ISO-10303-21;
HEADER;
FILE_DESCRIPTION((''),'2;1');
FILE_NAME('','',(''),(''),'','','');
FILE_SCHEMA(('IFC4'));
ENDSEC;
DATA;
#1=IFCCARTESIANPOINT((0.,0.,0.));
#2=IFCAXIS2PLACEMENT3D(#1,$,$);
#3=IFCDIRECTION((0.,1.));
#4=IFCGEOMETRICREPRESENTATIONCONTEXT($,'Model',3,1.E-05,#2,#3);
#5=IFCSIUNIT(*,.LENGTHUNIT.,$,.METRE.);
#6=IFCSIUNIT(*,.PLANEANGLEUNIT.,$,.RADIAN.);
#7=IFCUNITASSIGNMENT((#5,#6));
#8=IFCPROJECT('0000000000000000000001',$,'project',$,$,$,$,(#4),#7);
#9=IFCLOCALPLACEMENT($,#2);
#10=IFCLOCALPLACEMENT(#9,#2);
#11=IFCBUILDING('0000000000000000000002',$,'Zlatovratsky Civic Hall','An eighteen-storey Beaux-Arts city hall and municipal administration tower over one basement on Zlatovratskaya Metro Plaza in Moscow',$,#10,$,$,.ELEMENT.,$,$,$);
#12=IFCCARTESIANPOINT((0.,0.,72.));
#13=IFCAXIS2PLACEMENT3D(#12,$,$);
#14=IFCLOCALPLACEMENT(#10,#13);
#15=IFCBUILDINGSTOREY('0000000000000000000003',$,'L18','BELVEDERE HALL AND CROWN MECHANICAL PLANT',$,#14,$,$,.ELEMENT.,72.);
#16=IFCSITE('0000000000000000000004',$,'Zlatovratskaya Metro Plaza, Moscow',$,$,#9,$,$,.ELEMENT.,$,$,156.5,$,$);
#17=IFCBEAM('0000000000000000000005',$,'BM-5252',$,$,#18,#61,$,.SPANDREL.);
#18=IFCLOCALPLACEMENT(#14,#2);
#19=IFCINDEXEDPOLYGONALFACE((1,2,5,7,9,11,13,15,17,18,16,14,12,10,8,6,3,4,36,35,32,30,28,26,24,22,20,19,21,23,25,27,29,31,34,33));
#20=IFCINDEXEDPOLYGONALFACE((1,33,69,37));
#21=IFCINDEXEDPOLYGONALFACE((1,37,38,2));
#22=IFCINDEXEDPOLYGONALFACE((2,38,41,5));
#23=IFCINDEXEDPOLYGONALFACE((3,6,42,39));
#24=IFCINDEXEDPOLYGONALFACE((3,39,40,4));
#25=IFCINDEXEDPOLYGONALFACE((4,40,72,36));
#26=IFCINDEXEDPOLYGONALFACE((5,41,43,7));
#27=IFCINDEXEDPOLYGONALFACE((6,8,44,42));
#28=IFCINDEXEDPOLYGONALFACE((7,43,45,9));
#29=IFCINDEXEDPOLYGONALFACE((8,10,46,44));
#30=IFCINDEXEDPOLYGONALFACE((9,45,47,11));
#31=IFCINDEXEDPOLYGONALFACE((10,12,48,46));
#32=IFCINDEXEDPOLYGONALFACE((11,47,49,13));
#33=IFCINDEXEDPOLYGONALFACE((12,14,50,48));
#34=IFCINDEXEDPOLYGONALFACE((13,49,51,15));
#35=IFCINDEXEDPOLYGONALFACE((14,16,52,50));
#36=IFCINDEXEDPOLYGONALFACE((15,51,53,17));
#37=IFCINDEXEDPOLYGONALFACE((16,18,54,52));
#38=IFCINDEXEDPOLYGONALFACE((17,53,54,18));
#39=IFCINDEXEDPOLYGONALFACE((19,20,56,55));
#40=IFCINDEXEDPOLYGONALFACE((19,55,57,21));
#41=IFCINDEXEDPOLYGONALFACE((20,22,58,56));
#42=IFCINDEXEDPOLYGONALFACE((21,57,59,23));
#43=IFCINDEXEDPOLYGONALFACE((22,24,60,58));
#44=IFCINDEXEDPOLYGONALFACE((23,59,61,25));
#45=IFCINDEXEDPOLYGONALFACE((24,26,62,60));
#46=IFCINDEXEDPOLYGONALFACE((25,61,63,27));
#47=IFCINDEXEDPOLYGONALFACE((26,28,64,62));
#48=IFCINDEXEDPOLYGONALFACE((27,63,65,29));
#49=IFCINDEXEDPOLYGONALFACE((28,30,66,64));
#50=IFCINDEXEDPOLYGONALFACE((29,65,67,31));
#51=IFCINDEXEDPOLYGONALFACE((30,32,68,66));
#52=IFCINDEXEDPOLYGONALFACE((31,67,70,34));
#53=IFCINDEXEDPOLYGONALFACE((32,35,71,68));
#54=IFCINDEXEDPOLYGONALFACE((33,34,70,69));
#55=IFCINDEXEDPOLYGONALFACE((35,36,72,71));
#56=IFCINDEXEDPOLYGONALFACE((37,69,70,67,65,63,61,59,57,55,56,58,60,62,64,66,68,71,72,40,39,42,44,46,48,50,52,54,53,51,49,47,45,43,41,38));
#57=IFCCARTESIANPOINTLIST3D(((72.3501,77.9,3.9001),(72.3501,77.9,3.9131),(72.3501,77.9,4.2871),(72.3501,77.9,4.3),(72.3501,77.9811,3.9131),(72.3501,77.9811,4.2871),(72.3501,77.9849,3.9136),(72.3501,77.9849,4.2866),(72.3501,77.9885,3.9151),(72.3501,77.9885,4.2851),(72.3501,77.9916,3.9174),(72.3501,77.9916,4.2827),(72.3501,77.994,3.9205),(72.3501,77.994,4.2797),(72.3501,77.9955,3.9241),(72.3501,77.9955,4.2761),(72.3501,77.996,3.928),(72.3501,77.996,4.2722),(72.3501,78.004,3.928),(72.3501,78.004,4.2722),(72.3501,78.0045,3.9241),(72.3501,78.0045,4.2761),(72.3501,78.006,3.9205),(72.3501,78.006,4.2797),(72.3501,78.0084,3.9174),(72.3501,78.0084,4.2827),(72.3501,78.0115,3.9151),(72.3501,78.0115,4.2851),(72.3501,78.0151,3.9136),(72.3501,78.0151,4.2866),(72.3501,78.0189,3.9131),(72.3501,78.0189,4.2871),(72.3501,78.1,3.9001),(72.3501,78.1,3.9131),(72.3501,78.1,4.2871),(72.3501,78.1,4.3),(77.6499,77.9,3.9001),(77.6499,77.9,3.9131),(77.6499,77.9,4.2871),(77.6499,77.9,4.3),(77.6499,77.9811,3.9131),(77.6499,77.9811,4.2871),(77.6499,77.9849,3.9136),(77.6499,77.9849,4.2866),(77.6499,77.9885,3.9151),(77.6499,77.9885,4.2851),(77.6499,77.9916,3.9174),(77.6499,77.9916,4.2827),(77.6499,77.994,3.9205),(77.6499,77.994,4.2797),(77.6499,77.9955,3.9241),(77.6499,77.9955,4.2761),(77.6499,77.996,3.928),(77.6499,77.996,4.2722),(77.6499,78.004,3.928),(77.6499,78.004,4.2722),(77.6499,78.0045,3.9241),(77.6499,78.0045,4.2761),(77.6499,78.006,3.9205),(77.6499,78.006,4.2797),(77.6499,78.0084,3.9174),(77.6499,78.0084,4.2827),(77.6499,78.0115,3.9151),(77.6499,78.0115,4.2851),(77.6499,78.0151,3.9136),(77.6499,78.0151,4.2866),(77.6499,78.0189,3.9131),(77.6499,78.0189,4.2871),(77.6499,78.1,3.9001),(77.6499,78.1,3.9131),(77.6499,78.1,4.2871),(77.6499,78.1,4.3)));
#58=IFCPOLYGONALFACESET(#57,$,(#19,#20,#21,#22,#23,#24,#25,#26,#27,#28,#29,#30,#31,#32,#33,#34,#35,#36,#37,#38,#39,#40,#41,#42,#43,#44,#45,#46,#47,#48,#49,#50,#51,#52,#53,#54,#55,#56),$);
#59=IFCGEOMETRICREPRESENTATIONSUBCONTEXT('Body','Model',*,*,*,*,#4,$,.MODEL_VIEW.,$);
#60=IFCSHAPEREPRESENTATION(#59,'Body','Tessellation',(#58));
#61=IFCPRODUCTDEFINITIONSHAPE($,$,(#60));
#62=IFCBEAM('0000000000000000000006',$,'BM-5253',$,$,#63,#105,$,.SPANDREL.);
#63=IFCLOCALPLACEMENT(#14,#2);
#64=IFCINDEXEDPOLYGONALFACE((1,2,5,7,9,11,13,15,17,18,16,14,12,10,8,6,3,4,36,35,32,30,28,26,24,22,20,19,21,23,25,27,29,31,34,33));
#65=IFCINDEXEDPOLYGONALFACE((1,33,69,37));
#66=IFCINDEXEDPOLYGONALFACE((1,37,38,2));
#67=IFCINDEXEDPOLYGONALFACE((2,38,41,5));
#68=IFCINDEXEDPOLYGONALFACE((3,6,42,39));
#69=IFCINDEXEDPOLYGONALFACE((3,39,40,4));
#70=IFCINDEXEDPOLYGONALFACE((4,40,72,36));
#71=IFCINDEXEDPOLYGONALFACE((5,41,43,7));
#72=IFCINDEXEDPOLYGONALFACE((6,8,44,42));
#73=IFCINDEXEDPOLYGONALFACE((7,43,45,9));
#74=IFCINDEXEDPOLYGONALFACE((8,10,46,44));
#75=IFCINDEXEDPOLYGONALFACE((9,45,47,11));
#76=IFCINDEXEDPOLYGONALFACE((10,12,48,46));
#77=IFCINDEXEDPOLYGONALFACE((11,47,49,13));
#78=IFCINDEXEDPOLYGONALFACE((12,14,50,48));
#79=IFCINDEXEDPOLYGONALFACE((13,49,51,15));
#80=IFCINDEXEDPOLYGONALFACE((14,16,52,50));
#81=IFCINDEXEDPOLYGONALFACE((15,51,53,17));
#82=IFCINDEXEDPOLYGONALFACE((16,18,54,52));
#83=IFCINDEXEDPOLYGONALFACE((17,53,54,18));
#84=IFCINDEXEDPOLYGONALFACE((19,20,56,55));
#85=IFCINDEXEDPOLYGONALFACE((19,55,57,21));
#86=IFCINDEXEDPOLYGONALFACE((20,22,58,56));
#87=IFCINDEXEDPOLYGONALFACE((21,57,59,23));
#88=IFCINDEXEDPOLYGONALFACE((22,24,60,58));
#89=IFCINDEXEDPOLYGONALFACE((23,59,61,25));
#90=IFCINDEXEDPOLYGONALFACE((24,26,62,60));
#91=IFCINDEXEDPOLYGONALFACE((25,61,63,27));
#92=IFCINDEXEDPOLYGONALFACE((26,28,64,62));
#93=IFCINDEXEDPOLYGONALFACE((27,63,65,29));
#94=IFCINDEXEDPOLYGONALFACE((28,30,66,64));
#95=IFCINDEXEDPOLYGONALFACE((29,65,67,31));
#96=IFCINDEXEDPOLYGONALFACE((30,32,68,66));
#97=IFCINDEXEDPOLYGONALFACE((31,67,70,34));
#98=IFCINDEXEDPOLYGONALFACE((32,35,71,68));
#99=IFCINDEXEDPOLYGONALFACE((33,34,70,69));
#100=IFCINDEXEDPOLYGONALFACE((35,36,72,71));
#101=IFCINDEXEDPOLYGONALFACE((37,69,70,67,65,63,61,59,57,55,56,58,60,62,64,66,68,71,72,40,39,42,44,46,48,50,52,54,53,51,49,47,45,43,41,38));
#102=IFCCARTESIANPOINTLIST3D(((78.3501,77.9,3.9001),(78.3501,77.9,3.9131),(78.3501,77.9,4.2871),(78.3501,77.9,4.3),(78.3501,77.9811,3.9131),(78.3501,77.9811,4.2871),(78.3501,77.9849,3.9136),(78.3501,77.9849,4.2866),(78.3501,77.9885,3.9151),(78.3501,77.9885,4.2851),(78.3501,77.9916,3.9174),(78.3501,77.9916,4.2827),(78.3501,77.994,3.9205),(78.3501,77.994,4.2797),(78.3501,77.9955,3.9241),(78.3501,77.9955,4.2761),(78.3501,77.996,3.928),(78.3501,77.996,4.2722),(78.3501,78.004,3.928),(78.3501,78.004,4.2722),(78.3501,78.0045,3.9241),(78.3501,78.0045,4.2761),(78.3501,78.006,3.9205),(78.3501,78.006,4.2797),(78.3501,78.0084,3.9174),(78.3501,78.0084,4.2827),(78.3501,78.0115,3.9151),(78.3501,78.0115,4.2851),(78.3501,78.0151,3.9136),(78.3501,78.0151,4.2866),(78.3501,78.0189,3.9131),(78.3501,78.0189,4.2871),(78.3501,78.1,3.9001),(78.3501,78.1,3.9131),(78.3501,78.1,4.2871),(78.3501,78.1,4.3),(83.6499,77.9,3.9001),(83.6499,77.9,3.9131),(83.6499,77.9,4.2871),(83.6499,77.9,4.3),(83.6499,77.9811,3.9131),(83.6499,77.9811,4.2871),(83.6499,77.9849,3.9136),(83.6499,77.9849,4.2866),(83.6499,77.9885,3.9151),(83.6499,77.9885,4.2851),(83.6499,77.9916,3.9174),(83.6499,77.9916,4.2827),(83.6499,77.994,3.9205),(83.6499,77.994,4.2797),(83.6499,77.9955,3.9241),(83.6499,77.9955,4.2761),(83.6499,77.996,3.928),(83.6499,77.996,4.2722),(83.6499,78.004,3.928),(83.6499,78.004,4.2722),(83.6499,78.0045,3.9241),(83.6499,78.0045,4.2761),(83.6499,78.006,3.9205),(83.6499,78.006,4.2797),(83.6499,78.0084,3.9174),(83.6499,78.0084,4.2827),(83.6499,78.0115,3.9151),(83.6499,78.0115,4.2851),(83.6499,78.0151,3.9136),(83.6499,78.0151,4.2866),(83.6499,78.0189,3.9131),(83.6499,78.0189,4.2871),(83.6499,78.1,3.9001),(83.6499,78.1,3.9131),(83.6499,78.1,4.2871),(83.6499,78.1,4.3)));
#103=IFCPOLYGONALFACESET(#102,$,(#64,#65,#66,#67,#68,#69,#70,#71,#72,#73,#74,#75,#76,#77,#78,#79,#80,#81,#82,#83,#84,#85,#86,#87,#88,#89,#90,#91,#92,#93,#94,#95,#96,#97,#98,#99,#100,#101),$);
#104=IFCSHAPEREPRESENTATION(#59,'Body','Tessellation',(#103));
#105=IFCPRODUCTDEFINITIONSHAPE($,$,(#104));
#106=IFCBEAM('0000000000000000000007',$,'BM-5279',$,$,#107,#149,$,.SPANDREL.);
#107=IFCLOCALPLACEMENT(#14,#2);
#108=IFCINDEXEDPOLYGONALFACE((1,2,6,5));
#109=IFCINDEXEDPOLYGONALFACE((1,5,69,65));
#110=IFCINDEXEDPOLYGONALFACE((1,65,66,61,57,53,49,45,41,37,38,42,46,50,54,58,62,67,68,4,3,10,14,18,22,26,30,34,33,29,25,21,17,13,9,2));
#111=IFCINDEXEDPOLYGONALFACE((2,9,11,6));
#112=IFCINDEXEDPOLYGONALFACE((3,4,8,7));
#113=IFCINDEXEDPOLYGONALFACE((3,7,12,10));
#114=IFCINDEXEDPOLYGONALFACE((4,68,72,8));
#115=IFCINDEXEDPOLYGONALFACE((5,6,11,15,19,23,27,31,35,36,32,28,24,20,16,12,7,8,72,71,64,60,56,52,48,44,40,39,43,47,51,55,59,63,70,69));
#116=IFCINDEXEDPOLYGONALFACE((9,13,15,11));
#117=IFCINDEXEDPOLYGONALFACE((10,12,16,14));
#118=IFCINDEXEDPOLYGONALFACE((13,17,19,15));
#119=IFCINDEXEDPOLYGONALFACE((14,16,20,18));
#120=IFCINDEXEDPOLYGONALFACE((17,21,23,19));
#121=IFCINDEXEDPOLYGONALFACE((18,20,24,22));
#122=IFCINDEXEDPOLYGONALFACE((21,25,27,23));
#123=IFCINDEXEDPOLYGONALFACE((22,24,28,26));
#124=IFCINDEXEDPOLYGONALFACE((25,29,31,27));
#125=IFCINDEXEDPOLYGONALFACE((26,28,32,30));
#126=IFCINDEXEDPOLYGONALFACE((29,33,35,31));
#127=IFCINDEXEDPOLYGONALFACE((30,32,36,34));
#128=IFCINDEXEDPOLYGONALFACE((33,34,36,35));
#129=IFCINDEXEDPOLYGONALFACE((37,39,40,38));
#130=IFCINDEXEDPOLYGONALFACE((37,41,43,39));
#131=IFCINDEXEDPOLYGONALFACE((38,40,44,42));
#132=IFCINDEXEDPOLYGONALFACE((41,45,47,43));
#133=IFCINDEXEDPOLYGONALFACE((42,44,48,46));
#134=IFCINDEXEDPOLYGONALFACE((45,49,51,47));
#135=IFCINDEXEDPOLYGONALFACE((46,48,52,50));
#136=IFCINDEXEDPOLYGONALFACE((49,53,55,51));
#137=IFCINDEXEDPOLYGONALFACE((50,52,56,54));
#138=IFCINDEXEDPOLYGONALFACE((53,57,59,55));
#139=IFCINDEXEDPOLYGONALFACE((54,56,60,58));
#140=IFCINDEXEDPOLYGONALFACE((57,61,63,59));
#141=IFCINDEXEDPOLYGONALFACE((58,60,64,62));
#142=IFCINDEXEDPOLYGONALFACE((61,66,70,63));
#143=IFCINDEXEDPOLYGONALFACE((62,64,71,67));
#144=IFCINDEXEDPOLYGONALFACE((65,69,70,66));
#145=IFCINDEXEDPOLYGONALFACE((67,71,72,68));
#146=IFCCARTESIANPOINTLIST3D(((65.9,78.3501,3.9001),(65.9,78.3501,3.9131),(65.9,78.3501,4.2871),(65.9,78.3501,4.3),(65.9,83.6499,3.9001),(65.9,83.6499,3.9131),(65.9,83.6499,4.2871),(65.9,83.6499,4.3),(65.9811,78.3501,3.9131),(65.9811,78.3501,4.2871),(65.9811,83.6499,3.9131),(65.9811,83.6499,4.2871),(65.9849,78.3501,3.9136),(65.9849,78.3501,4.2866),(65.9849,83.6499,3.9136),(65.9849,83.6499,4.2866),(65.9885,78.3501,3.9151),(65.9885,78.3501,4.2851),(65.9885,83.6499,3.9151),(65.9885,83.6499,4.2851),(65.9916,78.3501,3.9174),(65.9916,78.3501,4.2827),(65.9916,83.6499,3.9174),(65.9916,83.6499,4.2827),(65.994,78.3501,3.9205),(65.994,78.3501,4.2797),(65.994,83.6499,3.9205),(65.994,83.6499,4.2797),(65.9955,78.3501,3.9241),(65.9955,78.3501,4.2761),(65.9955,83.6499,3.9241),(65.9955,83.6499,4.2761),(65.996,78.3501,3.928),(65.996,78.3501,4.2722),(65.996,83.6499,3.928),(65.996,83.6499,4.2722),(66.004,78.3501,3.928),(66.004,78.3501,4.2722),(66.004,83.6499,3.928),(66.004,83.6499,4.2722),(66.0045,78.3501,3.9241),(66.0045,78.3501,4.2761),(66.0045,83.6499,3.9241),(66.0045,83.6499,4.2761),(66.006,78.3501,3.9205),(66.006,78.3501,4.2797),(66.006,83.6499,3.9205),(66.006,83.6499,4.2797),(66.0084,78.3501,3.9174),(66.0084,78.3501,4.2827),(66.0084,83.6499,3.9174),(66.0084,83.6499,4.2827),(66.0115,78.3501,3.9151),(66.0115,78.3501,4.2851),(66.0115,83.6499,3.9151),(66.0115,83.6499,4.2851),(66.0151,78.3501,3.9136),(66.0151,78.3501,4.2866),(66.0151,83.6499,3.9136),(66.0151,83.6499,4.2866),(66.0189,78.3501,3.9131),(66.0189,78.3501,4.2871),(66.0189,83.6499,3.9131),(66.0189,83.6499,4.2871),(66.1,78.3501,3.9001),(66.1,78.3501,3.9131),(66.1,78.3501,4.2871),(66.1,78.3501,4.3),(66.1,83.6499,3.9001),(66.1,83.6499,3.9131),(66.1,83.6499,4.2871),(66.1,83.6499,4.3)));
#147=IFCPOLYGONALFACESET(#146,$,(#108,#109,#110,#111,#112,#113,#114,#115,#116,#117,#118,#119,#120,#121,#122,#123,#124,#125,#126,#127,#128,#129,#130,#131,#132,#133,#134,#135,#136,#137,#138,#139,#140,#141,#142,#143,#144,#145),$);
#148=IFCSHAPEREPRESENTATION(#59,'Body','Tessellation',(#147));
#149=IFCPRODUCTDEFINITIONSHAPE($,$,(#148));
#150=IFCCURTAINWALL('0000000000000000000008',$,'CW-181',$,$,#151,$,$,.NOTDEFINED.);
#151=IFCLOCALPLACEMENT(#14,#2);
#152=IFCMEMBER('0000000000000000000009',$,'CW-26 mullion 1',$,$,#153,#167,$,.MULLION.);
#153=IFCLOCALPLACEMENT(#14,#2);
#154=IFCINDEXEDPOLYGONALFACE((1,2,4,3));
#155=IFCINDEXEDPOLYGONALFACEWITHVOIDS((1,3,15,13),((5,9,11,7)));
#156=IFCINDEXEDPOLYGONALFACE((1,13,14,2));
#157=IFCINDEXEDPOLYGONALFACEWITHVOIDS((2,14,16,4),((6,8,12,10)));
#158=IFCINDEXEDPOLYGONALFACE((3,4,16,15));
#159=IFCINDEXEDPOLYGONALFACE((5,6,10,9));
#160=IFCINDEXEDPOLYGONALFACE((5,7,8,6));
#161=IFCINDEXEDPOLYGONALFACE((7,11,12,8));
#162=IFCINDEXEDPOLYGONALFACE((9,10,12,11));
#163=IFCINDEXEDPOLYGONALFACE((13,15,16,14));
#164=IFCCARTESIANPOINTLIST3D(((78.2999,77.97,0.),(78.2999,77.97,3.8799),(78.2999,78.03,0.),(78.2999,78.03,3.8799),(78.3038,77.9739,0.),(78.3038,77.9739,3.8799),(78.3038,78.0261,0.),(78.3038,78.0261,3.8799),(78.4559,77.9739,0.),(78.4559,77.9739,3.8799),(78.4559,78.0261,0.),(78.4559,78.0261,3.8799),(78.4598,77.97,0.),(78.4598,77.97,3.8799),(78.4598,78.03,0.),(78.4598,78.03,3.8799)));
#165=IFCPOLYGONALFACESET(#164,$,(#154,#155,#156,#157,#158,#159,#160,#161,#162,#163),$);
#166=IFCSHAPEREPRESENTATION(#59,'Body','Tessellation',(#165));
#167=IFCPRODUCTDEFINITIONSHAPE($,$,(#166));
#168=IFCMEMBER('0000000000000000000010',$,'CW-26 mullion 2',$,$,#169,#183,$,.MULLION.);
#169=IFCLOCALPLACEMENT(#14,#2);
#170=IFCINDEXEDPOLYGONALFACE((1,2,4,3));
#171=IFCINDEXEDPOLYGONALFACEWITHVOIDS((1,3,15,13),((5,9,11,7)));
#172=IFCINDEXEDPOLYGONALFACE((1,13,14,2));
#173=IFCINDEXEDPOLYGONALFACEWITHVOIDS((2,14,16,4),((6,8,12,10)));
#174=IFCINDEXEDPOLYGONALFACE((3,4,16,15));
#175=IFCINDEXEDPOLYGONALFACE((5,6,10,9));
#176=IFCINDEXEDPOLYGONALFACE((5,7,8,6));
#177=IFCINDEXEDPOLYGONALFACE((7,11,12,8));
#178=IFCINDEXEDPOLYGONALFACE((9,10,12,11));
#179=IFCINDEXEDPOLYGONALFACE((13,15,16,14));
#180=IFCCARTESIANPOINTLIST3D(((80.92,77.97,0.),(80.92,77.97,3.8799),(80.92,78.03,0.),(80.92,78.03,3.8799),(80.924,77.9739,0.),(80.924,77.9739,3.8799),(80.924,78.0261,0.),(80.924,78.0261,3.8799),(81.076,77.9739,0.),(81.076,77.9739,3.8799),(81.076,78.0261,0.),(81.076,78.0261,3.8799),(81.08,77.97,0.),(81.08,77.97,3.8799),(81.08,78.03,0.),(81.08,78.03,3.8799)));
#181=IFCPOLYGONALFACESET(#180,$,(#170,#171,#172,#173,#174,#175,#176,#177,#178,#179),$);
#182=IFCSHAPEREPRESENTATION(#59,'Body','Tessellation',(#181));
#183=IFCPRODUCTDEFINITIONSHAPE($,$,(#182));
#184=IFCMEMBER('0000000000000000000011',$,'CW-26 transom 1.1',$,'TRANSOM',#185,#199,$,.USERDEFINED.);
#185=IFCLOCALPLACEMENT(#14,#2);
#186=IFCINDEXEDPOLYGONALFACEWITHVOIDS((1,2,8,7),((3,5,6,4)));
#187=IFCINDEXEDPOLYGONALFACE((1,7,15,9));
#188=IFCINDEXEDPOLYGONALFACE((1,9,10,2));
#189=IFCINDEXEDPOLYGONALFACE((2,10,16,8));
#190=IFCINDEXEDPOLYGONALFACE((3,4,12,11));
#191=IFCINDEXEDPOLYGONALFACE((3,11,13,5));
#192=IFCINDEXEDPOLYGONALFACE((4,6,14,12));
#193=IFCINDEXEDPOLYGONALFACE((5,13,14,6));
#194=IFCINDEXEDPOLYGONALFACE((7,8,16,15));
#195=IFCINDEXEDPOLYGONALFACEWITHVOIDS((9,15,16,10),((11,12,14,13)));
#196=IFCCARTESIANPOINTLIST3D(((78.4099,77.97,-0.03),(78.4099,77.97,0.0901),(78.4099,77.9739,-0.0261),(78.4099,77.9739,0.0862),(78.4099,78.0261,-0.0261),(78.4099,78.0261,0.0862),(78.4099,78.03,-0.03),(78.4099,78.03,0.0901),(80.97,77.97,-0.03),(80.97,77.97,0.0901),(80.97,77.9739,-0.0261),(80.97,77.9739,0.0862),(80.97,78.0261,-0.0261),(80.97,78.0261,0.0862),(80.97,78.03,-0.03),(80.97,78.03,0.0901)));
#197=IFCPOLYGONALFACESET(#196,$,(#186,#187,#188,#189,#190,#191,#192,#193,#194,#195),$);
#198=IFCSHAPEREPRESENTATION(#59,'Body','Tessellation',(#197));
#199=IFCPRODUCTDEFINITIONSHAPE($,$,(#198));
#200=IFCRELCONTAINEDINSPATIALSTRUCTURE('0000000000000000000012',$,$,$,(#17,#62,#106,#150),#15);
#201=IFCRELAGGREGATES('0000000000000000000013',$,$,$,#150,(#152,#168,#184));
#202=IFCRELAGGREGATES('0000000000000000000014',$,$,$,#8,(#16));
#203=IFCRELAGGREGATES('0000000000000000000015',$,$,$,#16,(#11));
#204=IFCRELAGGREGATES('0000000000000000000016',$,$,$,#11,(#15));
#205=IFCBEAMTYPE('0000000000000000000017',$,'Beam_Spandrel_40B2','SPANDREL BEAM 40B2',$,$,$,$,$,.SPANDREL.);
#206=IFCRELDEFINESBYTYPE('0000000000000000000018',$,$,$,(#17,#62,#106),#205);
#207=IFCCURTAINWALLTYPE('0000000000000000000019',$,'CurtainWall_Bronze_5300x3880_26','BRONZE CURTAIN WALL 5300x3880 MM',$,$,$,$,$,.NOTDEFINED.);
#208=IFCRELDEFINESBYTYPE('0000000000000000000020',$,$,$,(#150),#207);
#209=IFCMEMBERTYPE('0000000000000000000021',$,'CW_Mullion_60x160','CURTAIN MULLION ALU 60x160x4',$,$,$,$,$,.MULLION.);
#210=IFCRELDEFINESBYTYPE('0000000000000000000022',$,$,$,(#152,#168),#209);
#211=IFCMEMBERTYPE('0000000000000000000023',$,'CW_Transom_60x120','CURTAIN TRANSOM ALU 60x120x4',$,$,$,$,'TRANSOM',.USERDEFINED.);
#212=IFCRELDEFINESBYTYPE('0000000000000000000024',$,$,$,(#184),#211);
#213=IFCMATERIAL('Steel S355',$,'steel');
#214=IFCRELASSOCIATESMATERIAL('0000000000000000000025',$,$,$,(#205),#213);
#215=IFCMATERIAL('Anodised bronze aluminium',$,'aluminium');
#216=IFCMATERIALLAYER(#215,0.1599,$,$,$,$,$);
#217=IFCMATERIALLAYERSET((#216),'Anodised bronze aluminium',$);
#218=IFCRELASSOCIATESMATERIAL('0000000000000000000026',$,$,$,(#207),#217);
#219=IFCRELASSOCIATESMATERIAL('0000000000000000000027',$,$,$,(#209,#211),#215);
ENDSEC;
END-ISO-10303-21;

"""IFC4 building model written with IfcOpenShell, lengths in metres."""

from ifc_helpers import new_model, si_unit, direction, frame, origin, origin_2d, place, context, subcontext, project, spatial, hollow_rectangle, i_section, extrude, material, layer, layer_set, material_profile, profile_set, type_object, element, aggregate, save


model = new_model("IFC4")

# Units and contexts
model_context = context("Model", 3, precision=1e-05, world=origin(), true_north=direction((0.0, 1.0)))
body_context = subcontext(model_context, "Body", "Model", "MODEL_VIEW")
ifc_project = project(units=[si_unit("LENGTHUNIT", "METRE"), si_unit("PLANEANGLEUNIT", "RADIAN")], contexts=[model_context])

# Site, building, storey
site_placement = place(None, origin())
site = spatial("IfcSite", under=ifc_project, at=site_placement, Name="Zlatovratskaya Metro Plaza, Moscow", CompositionType="ELEMENT", RefElevation=156.5)
building_placement = place(site_placement, origin())
building = spatial("IfcBuilding", under=site, at=building_placement, Name="Zlatovratsky Civic Hall", Description="An eighteen-storey Beaux-Arts city hall and municipal administration tower over one basement on Zlatovratskaya Metro Plaza in Moscow", CompositionType="ELEMENT")
storey_placement = place(building_placement, frame((0.0, 0.0, 72.0)))
storey = spatial("IfcBuildingStorey", under=building, at=storey_placement, Name="L18", Description="BELVEDERE HALL AND CROWN MECHANICAL PLANT", CompositionType="ELEMENT", Elevation=72.0)

# Beams
ifc_material_1 = material(Name="Steel S355", Category="steel")
ifc_material_profile_1 = material_profile(ifc_material_1, i_section(OverallWidth=0.2, OverallDepth=0.3999, WebThickness=0.0081, FlangeThickness=0.0129, FilletRadius=0.0149, at=origin_2d()), Name="40B2")
ifc_profile_set_1 = profile_set([ifc_material_profile_1], Name="Steel S355")
beam_type_1 = type_object("IfcBeamType", Name="Beam_Spandrel_40B2", Description="SPANDREL BEAM 40B2", PredefinedType="SPANDREL", material=ifc_profile_set_1)
for number, where, z_axis, x_axis, name in (
    (1, (72.3501, 78.0, 4.1001), (1.0, 0.0, 0.0), (0.0, 1.0, 0.0), "BM-5252"),
    (2, (78.3501, 78.0, 4.1001), (1.0, 0.0, 0.0), (0.0, 1.0, 0.0), "BM-5253"),
    (3, (66.0, 78.3501, 4.1001), (0.0, 1.0, 0.0), (-1.0, 0.0, 0.0), "BM-5279"),
):
    element("IfcBeam", number, at=place(storey_placement, frame(where, z_axis=z_axis, x_axis=x_axis)), inside=storey, type_object=beam_type_1, Name=name, PredefinedType="SPANDREL", context=body_context, shape_type="SweptSolid", body=[
        extrude(i_section(OverallWidth=0.2, OverallDepth=0.3999, WebThickness=0.0081, FlangeThickness=0.0129, FilletRadius=0.0149, at=origin_2d()), origin(), (0.0, 0.0, 1.0), 5.2998),
    ])

# Curtain wall, members
ifc_material_2 = material(Name="Anodised bronze aluminium", Category="aluminium")
ifc_layer_1 = layer(ifc_material_2, 0.1599)
ifc_layer_set_1 = layer_set([ifc_layer_1], Name="Anodised bronze aluminium")
curtain_wall_type = type_object("IfcCurtainWallType", Name="CurtainWall_Bronze_5300x3880_26", Description="BRONZE CURTAIN WALL 5300x3880 MM", PredefinedType="NOTDEFINED", material=ifc_layer_set_1)
curtain_wall_placement = place(storey_placement, origin())
curtain_wall = element("IfcCurtainWall", 4, at=curtain_wall_placement, inside=storey, type_object=curtain_wall_type, Name="CW-181", PredefinedType="NOTDEFINED")
ifc_material_profile_2 = material_profile(ifc_material_2, hollow_rectangle(XDim=0.0601, YDim=0.1599, WallThickness=0.0039, at=origin_2d()), Name="ALU 60x160x4")
ifc_profile_set_2 = profile_set([ifc_material_profile_2], Name="Anodised bronze aluminium")
member_type_1 = type_object("IfcMemberType", Name="CW_Mullion_60x160", Description="CURTAIN MULLION ALU 60x160x4", PredefinedType="MULLION", material=ifc_profile_set_2)
member_1_placement = place(storey_placement, frame((78.3799, 78.0, 0.0), z_axis=(0.0, 0.0, 1.0), x_axis=(0.0, 1.0, 0.0)))
member_1 = element("IfcMember", 5, at=member_1_placement, type_object=member_type_1, Name="CW-26 mullion 1", PredefinedType="MULLION", context=body_context, shape_type="SweptSolid", body=[
    extrude(hollow_rectangle(XDim=0.0601, YDim=0.1599, WallThickness=0.0039, at=origin_2d()), origin(), (0.0, 0.0, 1.0), 3.8799),
])
member_2_placement = place(storey_placement, frame((81.0, 78.0, 0.0), z_axis=(0.0, 0.0, 1.0), x_axis=(0.0, 1.0, 0.0)))
member_2 = element("IfcMember", 6, at=member_2_placement, type_object=member_type_1, Name="CW-26 mullion 2", PredefinedType="MULLION", context=body_context, shape_type="SweptSolid", body=[
    extrude(hollow_rectangle(XDim=0.0601, YDim=0.1599, WallThickness=0.0039, at=origin_2d()), origin(), (0.0, 0.0, 1.0), 3.8799),
])
ifc_material_profile_3 = material_profile(ifc_material_2, hollow_rectangle(XDim=0.0601, YDim=0.1201, WallThickness=0.0039, at=origin_2d()), Name="ALU 60x120x4")
ifc_profile_set_3 = profile_set([ifc_material_profile_3], Name="Anodised bronze aluminium")
member_type_2 = type_object("IfcMemberType", Name="CW_Transom_60x120", Description="CURTAIN TRANSOM ALU 60x120x4", ElementType="TRANSOM", PredefinedType="USERDEFINED", material=ifc_profile_set_3)
member_3_placement = place(storey_placement, frame((78.4099, 78.0, 0.03), z_axis=(1.0, 0.0, 0.0), x_axis=(0.0, 1.0, 0.0)))
member_3 = element("IfcMember", 7, at=member_3_placement, type_object=member_type_2, Name="CW-26 transom 1.1", ObjectType="TRANSOM", PredefinedType="USERDEFINED", context=body_context, shape_type="SweptSolid", body=[
    extrude(hollow_rectangle(XDim=0.0601, YDim=0.1201, WallThickness=0.0039, at=origin_2d()), origin(), (0.0, 0.0, 1.0), 2.5601),
])

aggregate(curtain_wall, [member_1, member_2, member_3])

save(model, "model.ifc")
